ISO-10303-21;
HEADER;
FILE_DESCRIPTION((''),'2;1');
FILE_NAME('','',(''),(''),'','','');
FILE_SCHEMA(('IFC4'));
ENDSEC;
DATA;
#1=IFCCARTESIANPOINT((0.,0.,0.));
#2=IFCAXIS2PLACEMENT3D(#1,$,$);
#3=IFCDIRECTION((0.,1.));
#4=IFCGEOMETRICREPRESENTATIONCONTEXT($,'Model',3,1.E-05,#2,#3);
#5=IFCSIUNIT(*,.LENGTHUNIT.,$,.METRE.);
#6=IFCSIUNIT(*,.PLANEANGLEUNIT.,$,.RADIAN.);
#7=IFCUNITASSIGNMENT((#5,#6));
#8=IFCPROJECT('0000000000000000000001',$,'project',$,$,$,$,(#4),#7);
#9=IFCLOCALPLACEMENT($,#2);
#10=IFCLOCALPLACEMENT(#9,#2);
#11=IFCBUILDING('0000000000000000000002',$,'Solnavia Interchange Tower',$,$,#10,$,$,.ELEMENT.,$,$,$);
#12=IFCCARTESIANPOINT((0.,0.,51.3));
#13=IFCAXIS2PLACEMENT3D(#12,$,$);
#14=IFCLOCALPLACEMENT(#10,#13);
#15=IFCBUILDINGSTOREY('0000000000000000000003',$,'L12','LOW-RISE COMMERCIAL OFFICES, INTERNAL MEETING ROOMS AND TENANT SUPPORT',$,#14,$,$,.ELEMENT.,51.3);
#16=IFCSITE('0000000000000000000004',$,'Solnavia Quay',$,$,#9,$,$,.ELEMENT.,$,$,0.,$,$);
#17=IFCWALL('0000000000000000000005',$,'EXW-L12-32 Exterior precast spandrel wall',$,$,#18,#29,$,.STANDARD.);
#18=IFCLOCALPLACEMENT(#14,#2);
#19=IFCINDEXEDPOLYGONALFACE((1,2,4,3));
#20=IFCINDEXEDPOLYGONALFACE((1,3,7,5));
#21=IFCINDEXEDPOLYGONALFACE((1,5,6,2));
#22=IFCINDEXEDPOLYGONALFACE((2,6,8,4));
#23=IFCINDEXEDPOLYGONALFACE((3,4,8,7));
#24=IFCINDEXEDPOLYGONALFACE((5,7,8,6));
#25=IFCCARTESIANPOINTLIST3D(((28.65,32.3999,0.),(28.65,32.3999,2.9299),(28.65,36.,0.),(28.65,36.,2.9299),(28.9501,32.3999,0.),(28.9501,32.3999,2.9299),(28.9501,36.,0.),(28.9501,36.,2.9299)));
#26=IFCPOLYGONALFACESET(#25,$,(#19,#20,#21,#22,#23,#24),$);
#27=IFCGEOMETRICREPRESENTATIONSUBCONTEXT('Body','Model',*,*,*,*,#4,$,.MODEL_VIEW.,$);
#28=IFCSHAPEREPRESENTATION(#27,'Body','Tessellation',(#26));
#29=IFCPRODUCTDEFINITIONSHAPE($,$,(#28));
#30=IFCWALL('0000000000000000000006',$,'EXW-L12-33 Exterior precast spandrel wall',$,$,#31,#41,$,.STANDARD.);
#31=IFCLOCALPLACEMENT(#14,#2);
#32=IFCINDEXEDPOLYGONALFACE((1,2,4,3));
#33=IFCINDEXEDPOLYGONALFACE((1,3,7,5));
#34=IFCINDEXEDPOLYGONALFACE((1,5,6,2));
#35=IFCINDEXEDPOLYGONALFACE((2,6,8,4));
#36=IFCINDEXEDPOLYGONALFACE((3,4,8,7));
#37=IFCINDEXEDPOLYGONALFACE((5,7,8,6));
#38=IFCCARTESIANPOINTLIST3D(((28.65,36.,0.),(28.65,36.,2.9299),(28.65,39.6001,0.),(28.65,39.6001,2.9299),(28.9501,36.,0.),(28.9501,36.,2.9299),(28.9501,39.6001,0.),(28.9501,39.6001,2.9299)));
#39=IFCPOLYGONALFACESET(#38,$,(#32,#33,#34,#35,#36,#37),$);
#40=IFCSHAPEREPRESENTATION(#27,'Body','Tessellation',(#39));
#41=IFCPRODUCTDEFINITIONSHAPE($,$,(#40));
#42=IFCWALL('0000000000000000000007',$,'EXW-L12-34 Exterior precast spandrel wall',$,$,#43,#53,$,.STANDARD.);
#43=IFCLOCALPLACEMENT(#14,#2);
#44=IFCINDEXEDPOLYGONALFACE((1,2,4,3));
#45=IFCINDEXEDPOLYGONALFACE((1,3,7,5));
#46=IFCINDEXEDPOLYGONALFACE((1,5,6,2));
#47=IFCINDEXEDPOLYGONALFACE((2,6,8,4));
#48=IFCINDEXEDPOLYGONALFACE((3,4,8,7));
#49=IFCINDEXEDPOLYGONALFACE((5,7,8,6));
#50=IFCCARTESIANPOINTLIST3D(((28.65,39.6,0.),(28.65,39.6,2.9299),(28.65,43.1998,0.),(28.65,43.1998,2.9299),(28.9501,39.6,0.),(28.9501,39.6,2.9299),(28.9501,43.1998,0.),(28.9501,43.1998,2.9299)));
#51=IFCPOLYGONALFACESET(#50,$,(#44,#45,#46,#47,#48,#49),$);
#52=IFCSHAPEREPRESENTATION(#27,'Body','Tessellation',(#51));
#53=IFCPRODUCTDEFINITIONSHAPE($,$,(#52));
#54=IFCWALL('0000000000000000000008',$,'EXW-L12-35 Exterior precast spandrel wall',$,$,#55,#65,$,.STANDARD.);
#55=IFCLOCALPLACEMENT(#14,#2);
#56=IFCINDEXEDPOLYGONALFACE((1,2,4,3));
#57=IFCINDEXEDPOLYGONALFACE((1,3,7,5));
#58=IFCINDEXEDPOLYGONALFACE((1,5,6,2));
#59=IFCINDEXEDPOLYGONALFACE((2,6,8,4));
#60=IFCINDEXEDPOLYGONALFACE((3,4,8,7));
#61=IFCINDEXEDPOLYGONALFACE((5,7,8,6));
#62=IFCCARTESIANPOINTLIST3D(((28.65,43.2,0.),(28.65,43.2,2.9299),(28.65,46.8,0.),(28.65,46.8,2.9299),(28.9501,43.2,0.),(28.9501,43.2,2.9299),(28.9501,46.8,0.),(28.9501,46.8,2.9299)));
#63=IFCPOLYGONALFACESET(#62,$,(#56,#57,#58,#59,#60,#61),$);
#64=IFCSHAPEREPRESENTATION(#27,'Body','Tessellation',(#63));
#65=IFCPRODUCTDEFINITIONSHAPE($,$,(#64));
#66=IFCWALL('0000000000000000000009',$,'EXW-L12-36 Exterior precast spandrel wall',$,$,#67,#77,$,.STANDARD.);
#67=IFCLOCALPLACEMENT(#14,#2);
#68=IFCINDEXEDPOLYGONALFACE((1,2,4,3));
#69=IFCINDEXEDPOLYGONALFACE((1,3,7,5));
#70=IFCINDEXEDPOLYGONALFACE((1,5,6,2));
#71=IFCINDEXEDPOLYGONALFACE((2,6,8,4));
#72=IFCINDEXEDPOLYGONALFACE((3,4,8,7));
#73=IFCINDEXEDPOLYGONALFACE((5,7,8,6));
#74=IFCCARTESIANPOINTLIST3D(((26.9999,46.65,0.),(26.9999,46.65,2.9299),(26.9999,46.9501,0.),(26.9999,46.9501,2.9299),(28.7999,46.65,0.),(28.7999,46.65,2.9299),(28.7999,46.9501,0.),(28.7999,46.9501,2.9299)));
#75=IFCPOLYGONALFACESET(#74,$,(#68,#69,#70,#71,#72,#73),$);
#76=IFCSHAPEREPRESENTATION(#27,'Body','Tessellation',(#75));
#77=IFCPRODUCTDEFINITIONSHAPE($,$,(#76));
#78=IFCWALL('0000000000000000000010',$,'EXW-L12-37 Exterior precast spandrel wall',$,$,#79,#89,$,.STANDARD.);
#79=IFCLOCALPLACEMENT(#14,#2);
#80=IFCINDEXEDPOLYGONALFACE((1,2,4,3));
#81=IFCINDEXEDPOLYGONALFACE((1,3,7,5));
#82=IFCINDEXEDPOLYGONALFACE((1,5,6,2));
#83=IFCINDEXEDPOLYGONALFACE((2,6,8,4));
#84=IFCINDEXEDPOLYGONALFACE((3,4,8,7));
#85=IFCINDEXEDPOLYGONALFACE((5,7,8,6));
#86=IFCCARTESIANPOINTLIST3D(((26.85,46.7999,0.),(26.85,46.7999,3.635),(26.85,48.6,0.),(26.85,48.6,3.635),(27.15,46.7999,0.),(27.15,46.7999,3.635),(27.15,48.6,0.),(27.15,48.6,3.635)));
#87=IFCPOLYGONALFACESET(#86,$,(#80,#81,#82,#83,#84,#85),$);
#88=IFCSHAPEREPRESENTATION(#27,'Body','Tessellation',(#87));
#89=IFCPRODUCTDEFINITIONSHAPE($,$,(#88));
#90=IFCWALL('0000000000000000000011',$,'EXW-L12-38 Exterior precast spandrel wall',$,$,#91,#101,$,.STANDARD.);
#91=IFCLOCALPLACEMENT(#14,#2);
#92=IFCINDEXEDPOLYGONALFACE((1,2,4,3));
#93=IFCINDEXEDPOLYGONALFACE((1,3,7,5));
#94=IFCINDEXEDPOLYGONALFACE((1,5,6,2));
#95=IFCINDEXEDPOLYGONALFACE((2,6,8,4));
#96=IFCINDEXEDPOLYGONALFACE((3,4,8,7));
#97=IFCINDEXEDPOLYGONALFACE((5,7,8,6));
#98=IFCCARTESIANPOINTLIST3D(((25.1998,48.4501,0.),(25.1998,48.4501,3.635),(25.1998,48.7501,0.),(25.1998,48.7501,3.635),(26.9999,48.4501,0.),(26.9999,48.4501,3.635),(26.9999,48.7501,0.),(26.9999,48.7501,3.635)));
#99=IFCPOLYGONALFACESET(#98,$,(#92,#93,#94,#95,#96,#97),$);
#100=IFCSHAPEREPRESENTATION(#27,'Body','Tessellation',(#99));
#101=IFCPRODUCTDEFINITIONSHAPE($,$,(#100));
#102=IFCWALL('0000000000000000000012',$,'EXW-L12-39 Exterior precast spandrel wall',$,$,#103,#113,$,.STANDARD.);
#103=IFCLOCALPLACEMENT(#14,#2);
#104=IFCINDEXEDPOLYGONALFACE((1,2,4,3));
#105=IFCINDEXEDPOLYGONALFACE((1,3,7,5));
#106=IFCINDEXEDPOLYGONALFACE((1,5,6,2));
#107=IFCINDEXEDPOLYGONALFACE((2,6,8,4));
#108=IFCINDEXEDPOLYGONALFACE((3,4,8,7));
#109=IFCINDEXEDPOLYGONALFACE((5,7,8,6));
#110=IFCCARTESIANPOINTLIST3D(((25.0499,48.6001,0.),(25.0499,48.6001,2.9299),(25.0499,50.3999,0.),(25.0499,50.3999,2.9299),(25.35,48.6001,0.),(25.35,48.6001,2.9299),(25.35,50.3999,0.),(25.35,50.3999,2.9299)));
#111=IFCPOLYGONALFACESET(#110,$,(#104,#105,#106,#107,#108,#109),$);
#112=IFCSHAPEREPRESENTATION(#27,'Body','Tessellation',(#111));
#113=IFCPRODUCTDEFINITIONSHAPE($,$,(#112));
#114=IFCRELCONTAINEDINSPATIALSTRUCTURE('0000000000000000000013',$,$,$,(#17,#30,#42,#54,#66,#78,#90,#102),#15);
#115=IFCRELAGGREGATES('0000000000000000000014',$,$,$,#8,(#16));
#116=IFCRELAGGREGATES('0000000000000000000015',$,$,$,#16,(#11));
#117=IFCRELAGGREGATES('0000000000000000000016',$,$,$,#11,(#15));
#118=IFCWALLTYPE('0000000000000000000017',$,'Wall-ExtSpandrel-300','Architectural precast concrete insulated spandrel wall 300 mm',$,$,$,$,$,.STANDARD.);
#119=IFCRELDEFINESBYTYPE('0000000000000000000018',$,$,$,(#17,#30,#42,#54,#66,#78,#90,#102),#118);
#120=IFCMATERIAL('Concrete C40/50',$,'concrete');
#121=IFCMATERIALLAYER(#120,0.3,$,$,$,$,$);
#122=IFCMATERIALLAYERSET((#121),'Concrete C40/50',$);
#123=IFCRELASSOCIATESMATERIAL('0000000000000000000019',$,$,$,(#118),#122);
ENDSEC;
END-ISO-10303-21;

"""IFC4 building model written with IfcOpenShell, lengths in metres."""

from ifc_helpers import new_model, si_unit, direction, frame, frame_2d, origin, place, context, subcontext, project, spatial, rectangle, extrude, material, layer, layer_set, type_object, element, save


model = new_model("IFC4")

# Units and contexts
model_context = context("Model", 3, precision=1e-05, world=origin(), true_north=direction((0.0, 1.0)))
body_context = subcontext(model_context, "Body", "Model", "MODEL_VIEW")
ifc_project = project(units=[si_unit("LENGTHUNIT", "METRE"), si_unit("PLANEANGLEUNIT", "RADIAN")], contexts=[model_context])

# Site, building, storey
site_placement = place(None, origin())
site = spatial("IfcSite", under=ifc_project, at=site_placement, Name="Solnavia Quay", CompositionType="ELEMENT", RefElevation=0.0)
building_placement = place(site_placement, origin())
building = spatial("IfcBuilding", under=site, at=building_placement, Name="Solnavia Interchange Tower", CompositionType="ELEMENT")
storey_placement = place(building_placement, frame((0.0, 0.0, 51.3)))
storey = spatial("IfcBuildingStorey", under=building, at=storey_placement, Name="L12", Description="LOW-RISE COMMERCIAL OFFICES, INTERNAL MEETING ROOMS AND TENANT SUPPORT", CompositionType="ELEMENT", Elevation=51.3)

# Walls
ifc_material_1 = material(Name="Concrete C40/50", Category="concrete")
ifc_layer = layer(ifc_material_1, 0.3)
ifc_layer_set = layer_set([ifc_layer], Name="Concrete C40/50")
wall_type = type_object("IfcWallType", Name="Wall-ExtSpandrel-300", Description="Architectural precast concrete insulated spandrel wall 300 mm", PredefinedType="STANDARD", material=ifc_layer_set)
for number, where, z_axis, x_axis, name in (
    (1, (28.8, 32.3999, 0.0), (0.0, 0.0, 1.0), (0.0, 1.0, 0.0), "EXW-L12-32 Exterior precast spandrel wall"),
    (2, (28.8, 36.0, 0.0), (0.0, 0.0, 1.0), (0.0, 1.0, 0.0), "EXW-L12-33 Exterior precast spandrel wall"),
):
    element("IfcWall", number, at=place(storey_placement, frame(where, z_axis=z_axis, x_axis=x_axis)), inside=storey, type_object=wall_type, Name=name, PredefinedType="STANDARD", context=body_context, shape_type="SweptSolid", body=[
        extrude(rectangle(XDim=3.6001, YDim=0.3, at=frame_2d((1.8, 0.0))), origin(), (0.0, 0.0, 1.0), 2.9299),
    ])
wall_1_placement = place(storey_placement, frame((28.8, 39.6001, 0.0), z_axis=(0.0, 0.0, 1.0), x_axis=(0.0, 1.0, 0.0)))
element("IfcWall", 3, at=wall_1_placement, inside=storey, type_object=wall_type, Name="EXW-L12-34 Exterior precast spandrel wall", PredefinedType="STANDARD", context=body_context, shape_type="SweptSolid", body=[
    extrude(rectangle(XDim=3.5999, YDim=0.3, at=frame_2d((1.7998, 0.0))), origin(), (0.0, 0.0, 1.0), 2.9299),
])
wall_2_placement = place(storey_placement, frame((28.8, 43.2, 0.0), z_axis=(0.0, 0.0, 1.0), x_axis=(0.0, 1.0, 0.0)))
element("IfcWall", 4, at=wall_2_placement, inside=storey, type_object=wall_type, Name="EXW-L12-35 Exterior precast spandrel wall", PredefinedType="STANDARD", context=body_context, shape_type="SweptSolid", body=[
    extrude(rectangle(XDim=3.6001, YDim=0.3, at=frame_2d((1.8, 0.0))), origin(), (0.0, 0.0, 1.0), 2.9299),
])
wall_3_placement = place(storey_placement, frame((27.0, 46.8, 0.0), z_axis=(0.0, 0.0, 1.0), x_axis=(1.0, 0.0, 0.0)))
element("IfcWall", 5, at=wall_3_placement, inside=storey, type_object=wall_type, Name="EXW-L12-36 Exterior precast spandrel wall", PredefinedType="STANDARD", context=body_context, shape_type="SweptSolid", body=[
    extrude(rectangle(XDim=1.8, YDim=0.3, at=frame_2d((0.8999, 0.0))), origin(), (0.0, 0.0, 1.0), 2.9299),
])
for number, where, z_axis, x_axis, name in (
    (6, (27.0, 46.8, 0.0), (0.0, 0.0, 1.0), (0.0, 1.0, 0.0), "EXW-L12-37 Exterior precast spandrel wall"),
    (7, (25.2, 48.6001, 0.0), (0.0, 0.0, 1.0), (1.0, 0.0, 0.0), "EXW-L12-38 Exterior precast spandrel wall"),
):
    element("IfcWall", number, at=place(storey_placement, frame(where, z_axis=z_axis, x_axis=x_axis)), inside=storey, type_object=wall_type, Name=name, PredefinedType="STANDARD", context=body_context, shape_type="SweptSolid", body=[
        extrude(rectangle(XDim=1.8, YDim=0.3, at=frame_2d((0.8999, 0.0))), origin(), (0.0, 0.0, 1.0), 3.635),
    ])
wall_4_placement = place(storey_placement, frame((25.2, 48.6001, 0.0), z_axis=(0.0, 0.0, 1.0), x_axis=(0.0, 1.0, 0.0)))
element("IfcWall", 8, at=wall_4_placement, inside=storey, type_object=wall_type, Name="EXW-L12-39 Exterior precast spandrel wall", PredefinedType="STANDARD", context=body_context, shape_type="SweptSolid", body=[
    extrude(rectangle(XDim=1.7998, YDim=0.3, at=frame_2d((0.8999, 0.0))), origin(), (0.0, 0.0, 1.0), 2.9299),
])

save(model, "model.ifc")
